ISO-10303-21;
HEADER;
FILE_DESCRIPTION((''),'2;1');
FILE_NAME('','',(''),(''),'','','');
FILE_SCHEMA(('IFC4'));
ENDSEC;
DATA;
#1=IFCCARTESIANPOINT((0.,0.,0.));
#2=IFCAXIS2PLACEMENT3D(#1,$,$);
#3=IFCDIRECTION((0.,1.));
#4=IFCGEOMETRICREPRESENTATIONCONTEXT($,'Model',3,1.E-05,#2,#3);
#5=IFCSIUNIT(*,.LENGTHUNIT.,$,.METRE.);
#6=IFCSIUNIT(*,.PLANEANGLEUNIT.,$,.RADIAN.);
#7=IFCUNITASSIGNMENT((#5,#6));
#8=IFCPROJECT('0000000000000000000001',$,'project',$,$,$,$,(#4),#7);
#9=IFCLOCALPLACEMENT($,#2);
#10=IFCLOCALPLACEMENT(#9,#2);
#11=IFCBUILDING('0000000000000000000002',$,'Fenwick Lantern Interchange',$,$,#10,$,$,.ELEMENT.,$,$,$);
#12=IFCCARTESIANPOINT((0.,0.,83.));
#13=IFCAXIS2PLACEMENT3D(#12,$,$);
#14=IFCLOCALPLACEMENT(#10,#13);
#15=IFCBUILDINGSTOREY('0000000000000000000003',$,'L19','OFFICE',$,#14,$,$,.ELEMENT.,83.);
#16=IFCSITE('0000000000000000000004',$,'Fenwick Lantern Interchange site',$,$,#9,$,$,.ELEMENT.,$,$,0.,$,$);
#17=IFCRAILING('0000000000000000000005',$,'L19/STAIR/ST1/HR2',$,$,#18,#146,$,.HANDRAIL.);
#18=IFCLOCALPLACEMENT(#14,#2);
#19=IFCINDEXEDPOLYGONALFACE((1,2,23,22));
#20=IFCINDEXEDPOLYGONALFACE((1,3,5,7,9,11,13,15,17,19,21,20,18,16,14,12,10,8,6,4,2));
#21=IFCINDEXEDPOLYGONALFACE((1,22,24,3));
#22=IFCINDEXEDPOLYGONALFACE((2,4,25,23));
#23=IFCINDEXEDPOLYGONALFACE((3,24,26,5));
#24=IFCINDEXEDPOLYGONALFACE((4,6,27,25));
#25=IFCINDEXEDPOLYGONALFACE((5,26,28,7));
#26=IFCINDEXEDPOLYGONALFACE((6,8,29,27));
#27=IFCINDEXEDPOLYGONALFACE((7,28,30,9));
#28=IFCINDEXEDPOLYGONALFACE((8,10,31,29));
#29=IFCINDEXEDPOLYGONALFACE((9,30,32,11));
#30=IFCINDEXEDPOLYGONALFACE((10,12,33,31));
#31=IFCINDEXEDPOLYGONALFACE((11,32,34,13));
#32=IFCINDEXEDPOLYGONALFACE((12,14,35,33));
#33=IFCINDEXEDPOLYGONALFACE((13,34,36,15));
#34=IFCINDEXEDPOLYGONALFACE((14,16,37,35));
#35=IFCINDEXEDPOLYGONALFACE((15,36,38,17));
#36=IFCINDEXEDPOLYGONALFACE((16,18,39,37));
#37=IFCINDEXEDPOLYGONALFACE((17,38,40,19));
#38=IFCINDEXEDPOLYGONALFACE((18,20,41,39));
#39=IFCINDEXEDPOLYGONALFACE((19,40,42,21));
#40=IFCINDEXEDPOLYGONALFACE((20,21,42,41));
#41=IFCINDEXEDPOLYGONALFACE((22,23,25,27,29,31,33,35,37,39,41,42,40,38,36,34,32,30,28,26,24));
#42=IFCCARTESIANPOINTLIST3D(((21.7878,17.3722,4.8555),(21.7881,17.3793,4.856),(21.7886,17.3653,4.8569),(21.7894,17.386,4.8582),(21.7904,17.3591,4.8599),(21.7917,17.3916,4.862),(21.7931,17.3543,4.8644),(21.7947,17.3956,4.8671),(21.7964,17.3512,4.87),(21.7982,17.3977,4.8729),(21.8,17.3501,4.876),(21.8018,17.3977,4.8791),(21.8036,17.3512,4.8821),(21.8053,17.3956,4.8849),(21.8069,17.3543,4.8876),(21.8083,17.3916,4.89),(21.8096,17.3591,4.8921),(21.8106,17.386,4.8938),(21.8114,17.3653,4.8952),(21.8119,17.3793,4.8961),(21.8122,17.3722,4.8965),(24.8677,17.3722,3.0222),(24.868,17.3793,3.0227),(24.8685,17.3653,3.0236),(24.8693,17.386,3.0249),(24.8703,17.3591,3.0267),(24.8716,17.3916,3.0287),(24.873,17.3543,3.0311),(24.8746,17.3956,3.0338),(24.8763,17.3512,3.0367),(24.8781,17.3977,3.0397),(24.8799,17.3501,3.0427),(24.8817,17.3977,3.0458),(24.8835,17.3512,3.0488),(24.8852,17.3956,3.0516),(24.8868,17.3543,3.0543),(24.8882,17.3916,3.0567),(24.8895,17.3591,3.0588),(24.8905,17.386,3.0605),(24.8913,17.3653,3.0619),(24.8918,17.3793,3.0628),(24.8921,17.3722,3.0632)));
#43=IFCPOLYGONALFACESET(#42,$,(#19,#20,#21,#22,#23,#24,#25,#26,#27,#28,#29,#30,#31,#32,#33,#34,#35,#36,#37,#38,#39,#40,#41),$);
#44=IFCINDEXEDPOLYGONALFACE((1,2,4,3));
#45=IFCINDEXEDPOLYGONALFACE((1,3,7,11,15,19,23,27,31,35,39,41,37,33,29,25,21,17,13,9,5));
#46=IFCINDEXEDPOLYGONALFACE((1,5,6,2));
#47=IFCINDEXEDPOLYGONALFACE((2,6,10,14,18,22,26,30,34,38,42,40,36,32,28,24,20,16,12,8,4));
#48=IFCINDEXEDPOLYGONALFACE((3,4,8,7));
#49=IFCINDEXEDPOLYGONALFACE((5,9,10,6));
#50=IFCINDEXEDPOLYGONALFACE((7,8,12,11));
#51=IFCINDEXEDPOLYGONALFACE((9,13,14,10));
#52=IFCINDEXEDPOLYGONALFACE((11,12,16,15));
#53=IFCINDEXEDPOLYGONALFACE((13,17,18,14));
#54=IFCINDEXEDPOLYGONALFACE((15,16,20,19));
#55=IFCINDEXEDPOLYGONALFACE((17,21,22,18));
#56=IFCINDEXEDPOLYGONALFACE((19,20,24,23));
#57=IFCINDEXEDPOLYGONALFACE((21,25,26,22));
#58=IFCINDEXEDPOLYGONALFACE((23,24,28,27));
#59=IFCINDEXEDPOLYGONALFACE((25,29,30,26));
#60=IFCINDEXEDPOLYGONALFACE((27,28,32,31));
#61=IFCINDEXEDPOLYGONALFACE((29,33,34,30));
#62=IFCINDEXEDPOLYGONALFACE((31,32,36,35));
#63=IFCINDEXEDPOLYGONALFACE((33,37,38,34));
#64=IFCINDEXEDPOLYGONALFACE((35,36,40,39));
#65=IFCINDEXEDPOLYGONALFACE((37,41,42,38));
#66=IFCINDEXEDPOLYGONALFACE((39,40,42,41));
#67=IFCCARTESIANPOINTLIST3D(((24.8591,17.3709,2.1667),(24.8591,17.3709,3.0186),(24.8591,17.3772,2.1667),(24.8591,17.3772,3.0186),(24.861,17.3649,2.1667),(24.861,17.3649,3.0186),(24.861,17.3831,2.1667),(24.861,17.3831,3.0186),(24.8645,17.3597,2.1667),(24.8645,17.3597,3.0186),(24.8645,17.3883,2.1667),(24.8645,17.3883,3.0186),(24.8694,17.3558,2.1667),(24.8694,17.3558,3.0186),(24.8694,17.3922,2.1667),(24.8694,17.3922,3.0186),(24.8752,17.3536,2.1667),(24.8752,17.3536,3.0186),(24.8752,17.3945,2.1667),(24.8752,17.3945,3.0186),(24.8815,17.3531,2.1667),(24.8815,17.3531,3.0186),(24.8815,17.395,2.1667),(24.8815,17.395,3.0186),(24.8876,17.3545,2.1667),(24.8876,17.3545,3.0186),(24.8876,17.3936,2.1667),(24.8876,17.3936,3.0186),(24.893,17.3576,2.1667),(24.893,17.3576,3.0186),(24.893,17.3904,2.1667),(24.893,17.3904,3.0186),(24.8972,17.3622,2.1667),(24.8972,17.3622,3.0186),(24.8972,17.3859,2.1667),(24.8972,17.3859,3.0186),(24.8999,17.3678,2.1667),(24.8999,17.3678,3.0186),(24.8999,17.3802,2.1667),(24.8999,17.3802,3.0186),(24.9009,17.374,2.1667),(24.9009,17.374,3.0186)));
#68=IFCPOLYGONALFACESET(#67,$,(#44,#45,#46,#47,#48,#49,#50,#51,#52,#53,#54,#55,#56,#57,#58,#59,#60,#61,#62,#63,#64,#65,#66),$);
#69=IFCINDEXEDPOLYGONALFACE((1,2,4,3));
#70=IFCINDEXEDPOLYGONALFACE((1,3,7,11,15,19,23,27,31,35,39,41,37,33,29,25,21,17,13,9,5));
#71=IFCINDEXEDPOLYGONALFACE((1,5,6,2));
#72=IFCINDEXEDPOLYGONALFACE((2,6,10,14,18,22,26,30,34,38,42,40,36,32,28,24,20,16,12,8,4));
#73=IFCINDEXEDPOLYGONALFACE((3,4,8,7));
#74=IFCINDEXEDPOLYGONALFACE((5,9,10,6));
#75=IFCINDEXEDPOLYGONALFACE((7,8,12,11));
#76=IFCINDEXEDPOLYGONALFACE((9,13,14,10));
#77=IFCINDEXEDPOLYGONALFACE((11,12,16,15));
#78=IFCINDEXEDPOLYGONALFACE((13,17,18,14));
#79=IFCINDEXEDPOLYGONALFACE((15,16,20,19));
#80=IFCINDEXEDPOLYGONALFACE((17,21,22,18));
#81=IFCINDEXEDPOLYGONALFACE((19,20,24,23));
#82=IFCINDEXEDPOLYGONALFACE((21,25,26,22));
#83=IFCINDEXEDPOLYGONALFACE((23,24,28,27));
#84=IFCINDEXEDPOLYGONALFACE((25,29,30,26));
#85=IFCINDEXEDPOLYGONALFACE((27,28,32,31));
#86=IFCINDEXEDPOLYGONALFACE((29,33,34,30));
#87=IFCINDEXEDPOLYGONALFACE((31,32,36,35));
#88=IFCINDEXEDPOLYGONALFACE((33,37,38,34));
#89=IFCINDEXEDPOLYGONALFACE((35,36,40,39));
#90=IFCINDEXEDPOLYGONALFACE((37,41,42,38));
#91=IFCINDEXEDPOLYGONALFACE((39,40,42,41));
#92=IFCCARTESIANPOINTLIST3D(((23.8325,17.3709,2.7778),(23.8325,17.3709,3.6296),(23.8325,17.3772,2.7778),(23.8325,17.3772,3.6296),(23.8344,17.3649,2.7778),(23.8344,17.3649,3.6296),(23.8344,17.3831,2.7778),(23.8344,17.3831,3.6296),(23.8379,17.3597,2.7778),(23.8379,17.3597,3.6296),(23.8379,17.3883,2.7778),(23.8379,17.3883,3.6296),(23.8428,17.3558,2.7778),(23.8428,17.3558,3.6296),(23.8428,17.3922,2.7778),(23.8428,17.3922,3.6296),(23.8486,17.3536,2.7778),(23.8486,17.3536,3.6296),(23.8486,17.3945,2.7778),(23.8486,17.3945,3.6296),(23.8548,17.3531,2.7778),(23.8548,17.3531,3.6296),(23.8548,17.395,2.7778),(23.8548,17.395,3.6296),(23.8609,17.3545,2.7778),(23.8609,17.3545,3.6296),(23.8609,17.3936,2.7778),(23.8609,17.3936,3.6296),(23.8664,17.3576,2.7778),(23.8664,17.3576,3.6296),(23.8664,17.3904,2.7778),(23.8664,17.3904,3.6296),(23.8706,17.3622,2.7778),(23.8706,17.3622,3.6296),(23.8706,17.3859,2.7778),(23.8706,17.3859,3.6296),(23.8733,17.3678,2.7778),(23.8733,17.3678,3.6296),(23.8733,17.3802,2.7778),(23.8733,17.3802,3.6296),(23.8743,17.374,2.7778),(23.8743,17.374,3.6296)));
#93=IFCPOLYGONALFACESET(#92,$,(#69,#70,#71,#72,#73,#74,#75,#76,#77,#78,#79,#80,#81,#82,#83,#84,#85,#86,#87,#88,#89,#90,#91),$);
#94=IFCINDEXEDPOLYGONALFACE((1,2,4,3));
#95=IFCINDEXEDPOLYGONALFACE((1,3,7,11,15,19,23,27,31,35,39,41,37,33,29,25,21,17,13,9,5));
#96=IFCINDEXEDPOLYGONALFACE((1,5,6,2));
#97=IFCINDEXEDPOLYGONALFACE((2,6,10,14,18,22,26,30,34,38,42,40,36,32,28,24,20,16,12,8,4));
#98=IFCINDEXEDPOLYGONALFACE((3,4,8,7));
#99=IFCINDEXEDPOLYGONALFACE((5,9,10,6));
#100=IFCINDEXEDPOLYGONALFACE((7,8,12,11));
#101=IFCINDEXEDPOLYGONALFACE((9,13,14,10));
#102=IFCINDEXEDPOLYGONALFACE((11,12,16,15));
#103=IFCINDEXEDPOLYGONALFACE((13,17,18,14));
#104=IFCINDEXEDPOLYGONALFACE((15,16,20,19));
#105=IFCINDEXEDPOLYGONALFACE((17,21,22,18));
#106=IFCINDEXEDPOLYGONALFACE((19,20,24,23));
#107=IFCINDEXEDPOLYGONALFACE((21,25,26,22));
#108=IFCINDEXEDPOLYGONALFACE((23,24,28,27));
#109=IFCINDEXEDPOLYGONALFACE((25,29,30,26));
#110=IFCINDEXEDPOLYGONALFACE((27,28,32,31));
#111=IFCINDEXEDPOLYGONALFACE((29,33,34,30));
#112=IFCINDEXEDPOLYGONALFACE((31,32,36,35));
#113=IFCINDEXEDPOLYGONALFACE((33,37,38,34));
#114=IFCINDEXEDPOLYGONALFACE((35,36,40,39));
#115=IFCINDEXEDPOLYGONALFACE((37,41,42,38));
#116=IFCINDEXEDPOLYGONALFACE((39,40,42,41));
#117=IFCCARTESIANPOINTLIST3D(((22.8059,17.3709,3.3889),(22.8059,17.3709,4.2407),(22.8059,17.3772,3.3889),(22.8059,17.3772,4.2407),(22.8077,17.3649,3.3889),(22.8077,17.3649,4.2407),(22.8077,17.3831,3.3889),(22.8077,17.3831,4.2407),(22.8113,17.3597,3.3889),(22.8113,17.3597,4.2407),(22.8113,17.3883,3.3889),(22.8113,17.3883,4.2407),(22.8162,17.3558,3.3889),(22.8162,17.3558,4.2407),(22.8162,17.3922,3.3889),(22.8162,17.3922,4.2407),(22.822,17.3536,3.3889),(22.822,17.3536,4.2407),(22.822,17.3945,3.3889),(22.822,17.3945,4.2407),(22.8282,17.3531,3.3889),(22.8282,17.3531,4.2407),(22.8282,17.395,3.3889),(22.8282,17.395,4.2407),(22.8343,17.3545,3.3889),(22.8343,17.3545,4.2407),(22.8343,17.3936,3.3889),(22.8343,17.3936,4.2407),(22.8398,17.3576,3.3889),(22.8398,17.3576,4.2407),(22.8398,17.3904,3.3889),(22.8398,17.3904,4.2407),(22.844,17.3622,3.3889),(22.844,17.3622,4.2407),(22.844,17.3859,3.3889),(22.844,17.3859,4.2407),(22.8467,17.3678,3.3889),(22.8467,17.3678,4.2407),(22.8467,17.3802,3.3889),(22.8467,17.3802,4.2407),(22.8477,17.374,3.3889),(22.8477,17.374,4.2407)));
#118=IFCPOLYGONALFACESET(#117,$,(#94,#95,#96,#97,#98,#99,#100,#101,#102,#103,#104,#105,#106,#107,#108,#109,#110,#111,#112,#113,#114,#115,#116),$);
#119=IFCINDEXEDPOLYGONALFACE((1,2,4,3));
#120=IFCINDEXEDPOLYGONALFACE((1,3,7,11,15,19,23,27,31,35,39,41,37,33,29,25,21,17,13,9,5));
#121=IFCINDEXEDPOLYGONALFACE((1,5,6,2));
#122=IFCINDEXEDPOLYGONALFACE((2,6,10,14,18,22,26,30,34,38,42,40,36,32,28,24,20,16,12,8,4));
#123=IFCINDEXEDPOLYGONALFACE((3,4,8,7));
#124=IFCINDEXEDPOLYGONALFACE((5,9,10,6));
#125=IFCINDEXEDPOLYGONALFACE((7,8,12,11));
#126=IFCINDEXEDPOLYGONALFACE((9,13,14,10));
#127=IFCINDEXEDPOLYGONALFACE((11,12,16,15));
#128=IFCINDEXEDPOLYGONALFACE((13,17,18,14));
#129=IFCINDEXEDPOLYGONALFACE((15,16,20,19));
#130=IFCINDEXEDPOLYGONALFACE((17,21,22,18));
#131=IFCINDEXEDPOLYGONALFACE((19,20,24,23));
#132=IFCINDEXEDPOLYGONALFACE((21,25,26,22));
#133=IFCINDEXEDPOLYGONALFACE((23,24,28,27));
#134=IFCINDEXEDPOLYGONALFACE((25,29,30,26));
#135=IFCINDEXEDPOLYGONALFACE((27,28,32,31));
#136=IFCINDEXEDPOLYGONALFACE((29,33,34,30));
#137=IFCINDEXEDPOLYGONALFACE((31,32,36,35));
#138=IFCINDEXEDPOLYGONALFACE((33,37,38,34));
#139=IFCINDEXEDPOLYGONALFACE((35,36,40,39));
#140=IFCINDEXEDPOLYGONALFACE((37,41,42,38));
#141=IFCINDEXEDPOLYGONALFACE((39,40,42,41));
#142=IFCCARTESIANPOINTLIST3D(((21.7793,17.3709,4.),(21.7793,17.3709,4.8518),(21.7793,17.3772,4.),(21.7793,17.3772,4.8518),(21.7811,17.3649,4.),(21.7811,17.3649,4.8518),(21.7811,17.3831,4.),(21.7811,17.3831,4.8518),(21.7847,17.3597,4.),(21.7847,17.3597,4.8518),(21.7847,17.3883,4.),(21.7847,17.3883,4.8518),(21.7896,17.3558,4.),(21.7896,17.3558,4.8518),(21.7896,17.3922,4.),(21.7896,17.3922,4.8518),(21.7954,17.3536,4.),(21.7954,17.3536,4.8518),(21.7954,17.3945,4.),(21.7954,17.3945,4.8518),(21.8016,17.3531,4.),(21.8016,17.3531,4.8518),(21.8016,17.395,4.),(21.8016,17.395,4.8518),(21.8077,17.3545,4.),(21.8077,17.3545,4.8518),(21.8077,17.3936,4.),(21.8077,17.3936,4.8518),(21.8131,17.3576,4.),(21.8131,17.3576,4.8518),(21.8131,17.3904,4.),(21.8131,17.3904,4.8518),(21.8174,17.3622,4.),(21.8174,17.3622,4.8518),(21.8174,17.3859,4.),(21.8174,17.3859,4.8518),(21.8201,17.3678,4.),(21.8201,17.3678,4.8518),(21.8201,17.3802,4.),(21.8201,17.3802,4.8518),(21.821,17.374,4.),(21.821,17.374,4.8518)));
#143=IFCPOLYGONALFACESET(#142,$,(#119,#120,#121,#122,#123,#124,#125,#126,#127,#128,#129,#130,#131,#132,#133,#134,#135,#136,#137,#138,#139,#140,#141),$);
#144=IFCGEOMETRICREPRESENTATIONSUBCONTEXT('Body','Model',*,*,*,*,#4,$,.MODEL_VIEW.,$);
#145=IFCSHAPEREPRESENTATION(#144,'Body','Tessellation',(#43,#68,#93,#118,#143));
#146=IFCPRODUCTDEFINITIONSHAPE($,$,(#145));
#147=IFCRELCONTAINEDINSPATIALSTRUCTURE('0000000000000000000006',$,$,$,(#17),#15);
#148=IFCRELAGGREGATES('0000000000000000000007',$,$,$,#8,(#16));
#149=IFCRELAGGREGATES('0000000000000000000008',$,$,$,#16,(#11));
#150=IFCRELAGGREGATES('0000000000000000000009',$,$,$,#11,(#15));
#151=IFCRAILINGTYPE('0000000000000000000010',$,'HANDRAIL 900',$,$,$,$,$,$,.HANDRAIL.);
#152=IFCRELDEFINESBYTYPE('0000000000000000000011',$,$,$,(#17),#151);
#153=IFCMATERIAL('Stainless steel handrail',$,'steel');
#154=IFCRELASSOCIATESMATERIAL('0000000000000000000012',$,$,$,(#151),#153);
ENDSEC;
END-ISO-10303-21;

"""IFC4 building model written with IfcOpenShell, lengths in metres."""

from ifc_helpers import new_model, si_unit, direction, frame, origin, origin_2d, place, context, subcontext, project, spatial, circle, extrude, material, type_object, element, save


model = new_model("IFC4")

# Units and contexts
model_context = context("Model", 3, precision=1e-05, world=origin(), true_north=direction((0.0, 1.0)))
body_context = subcontext(model_context, "Body", "Model", "MODEL_VIEW")
ifc_project = project(units=[si_unit("LENGTHUNIT", "METRE"), si_unit("PLANEANGLEUNIT", "RADIAN")], contexts=[model_context])

# Site, building, storey
site_placement = place(None, origin())
site = spatial("IfcSite", under=ifc_project, at=site_placement, Name="Fenwick Lantern Interchange site", CompositionType="ELEMENT", RefElevation=0.0)
building_placement = place(site_placement, origin())
building = spatial("IfcBuilding", under=site, at=building_placement, Name="Fenwick Lantern Interchange", CompositionType="ELEMENT")
storey_placement = place(building_placement, frame((0.0, 0.0, 83.0)))
storey = spatial("IfcBuildingStorey", under=building, at=storey_placement, Name="L19", Description="OFFICE", CompositionType="ELEMENT", Elevation=83.0)

# Railing
ifc_material_1 = material(Name="Stainless steel handrail", Category="steel")
railing_type = type_object("IfcRailingType", Name="HANDRAIL 900", PredefinedType="HANDRAIL", material=ifc_material_1)
railing_1_placement = place(storey_placement, frame((24.8799, 17.374, 2.1667)))
element("IfcRailing", 1, at=railing_1_placement, inside=storey, type_object=railing_type, Name="L19/STAIR/ST1/HR2", PredefinedType="HANDRAIL", context=body_context, shape_type="SweptSolid", body=[
    extrude(circle(Radius=0.0239, at=origin_2d()), frame((0.0, 0.0, 0.876), z_axis=(-0.859291, 0.0, 0.511487), x_axis=(0.0, -1.0, 0.0)), (0.0, 0.0, 1.0), 3.5842),
    extrude(circle(Radius=0.021, at=origin_2d()), origin(), (0.0, 0.0, 1.0), 0.8518),
    extrude(circle(Radius=0.021, at=origin_2d()), frame((-1.0266, 0.0, 0.6111)), (0.0, 0.0, 1.0), 0.8518),
    extrude(circle(Radius=0.021, at=origin_2d()), frame((-2.0532, 0.0, 1.2222)), (0.0, 0.0, 1.0), 0.8518),
    extrude(circle(Radius=0.021, at=origin_2d()), frame((-3.0798, 0.0, 1.8333)), (0.0, 0.0, 1.0), 0.8518),
])

save(model, "model.ifc")
